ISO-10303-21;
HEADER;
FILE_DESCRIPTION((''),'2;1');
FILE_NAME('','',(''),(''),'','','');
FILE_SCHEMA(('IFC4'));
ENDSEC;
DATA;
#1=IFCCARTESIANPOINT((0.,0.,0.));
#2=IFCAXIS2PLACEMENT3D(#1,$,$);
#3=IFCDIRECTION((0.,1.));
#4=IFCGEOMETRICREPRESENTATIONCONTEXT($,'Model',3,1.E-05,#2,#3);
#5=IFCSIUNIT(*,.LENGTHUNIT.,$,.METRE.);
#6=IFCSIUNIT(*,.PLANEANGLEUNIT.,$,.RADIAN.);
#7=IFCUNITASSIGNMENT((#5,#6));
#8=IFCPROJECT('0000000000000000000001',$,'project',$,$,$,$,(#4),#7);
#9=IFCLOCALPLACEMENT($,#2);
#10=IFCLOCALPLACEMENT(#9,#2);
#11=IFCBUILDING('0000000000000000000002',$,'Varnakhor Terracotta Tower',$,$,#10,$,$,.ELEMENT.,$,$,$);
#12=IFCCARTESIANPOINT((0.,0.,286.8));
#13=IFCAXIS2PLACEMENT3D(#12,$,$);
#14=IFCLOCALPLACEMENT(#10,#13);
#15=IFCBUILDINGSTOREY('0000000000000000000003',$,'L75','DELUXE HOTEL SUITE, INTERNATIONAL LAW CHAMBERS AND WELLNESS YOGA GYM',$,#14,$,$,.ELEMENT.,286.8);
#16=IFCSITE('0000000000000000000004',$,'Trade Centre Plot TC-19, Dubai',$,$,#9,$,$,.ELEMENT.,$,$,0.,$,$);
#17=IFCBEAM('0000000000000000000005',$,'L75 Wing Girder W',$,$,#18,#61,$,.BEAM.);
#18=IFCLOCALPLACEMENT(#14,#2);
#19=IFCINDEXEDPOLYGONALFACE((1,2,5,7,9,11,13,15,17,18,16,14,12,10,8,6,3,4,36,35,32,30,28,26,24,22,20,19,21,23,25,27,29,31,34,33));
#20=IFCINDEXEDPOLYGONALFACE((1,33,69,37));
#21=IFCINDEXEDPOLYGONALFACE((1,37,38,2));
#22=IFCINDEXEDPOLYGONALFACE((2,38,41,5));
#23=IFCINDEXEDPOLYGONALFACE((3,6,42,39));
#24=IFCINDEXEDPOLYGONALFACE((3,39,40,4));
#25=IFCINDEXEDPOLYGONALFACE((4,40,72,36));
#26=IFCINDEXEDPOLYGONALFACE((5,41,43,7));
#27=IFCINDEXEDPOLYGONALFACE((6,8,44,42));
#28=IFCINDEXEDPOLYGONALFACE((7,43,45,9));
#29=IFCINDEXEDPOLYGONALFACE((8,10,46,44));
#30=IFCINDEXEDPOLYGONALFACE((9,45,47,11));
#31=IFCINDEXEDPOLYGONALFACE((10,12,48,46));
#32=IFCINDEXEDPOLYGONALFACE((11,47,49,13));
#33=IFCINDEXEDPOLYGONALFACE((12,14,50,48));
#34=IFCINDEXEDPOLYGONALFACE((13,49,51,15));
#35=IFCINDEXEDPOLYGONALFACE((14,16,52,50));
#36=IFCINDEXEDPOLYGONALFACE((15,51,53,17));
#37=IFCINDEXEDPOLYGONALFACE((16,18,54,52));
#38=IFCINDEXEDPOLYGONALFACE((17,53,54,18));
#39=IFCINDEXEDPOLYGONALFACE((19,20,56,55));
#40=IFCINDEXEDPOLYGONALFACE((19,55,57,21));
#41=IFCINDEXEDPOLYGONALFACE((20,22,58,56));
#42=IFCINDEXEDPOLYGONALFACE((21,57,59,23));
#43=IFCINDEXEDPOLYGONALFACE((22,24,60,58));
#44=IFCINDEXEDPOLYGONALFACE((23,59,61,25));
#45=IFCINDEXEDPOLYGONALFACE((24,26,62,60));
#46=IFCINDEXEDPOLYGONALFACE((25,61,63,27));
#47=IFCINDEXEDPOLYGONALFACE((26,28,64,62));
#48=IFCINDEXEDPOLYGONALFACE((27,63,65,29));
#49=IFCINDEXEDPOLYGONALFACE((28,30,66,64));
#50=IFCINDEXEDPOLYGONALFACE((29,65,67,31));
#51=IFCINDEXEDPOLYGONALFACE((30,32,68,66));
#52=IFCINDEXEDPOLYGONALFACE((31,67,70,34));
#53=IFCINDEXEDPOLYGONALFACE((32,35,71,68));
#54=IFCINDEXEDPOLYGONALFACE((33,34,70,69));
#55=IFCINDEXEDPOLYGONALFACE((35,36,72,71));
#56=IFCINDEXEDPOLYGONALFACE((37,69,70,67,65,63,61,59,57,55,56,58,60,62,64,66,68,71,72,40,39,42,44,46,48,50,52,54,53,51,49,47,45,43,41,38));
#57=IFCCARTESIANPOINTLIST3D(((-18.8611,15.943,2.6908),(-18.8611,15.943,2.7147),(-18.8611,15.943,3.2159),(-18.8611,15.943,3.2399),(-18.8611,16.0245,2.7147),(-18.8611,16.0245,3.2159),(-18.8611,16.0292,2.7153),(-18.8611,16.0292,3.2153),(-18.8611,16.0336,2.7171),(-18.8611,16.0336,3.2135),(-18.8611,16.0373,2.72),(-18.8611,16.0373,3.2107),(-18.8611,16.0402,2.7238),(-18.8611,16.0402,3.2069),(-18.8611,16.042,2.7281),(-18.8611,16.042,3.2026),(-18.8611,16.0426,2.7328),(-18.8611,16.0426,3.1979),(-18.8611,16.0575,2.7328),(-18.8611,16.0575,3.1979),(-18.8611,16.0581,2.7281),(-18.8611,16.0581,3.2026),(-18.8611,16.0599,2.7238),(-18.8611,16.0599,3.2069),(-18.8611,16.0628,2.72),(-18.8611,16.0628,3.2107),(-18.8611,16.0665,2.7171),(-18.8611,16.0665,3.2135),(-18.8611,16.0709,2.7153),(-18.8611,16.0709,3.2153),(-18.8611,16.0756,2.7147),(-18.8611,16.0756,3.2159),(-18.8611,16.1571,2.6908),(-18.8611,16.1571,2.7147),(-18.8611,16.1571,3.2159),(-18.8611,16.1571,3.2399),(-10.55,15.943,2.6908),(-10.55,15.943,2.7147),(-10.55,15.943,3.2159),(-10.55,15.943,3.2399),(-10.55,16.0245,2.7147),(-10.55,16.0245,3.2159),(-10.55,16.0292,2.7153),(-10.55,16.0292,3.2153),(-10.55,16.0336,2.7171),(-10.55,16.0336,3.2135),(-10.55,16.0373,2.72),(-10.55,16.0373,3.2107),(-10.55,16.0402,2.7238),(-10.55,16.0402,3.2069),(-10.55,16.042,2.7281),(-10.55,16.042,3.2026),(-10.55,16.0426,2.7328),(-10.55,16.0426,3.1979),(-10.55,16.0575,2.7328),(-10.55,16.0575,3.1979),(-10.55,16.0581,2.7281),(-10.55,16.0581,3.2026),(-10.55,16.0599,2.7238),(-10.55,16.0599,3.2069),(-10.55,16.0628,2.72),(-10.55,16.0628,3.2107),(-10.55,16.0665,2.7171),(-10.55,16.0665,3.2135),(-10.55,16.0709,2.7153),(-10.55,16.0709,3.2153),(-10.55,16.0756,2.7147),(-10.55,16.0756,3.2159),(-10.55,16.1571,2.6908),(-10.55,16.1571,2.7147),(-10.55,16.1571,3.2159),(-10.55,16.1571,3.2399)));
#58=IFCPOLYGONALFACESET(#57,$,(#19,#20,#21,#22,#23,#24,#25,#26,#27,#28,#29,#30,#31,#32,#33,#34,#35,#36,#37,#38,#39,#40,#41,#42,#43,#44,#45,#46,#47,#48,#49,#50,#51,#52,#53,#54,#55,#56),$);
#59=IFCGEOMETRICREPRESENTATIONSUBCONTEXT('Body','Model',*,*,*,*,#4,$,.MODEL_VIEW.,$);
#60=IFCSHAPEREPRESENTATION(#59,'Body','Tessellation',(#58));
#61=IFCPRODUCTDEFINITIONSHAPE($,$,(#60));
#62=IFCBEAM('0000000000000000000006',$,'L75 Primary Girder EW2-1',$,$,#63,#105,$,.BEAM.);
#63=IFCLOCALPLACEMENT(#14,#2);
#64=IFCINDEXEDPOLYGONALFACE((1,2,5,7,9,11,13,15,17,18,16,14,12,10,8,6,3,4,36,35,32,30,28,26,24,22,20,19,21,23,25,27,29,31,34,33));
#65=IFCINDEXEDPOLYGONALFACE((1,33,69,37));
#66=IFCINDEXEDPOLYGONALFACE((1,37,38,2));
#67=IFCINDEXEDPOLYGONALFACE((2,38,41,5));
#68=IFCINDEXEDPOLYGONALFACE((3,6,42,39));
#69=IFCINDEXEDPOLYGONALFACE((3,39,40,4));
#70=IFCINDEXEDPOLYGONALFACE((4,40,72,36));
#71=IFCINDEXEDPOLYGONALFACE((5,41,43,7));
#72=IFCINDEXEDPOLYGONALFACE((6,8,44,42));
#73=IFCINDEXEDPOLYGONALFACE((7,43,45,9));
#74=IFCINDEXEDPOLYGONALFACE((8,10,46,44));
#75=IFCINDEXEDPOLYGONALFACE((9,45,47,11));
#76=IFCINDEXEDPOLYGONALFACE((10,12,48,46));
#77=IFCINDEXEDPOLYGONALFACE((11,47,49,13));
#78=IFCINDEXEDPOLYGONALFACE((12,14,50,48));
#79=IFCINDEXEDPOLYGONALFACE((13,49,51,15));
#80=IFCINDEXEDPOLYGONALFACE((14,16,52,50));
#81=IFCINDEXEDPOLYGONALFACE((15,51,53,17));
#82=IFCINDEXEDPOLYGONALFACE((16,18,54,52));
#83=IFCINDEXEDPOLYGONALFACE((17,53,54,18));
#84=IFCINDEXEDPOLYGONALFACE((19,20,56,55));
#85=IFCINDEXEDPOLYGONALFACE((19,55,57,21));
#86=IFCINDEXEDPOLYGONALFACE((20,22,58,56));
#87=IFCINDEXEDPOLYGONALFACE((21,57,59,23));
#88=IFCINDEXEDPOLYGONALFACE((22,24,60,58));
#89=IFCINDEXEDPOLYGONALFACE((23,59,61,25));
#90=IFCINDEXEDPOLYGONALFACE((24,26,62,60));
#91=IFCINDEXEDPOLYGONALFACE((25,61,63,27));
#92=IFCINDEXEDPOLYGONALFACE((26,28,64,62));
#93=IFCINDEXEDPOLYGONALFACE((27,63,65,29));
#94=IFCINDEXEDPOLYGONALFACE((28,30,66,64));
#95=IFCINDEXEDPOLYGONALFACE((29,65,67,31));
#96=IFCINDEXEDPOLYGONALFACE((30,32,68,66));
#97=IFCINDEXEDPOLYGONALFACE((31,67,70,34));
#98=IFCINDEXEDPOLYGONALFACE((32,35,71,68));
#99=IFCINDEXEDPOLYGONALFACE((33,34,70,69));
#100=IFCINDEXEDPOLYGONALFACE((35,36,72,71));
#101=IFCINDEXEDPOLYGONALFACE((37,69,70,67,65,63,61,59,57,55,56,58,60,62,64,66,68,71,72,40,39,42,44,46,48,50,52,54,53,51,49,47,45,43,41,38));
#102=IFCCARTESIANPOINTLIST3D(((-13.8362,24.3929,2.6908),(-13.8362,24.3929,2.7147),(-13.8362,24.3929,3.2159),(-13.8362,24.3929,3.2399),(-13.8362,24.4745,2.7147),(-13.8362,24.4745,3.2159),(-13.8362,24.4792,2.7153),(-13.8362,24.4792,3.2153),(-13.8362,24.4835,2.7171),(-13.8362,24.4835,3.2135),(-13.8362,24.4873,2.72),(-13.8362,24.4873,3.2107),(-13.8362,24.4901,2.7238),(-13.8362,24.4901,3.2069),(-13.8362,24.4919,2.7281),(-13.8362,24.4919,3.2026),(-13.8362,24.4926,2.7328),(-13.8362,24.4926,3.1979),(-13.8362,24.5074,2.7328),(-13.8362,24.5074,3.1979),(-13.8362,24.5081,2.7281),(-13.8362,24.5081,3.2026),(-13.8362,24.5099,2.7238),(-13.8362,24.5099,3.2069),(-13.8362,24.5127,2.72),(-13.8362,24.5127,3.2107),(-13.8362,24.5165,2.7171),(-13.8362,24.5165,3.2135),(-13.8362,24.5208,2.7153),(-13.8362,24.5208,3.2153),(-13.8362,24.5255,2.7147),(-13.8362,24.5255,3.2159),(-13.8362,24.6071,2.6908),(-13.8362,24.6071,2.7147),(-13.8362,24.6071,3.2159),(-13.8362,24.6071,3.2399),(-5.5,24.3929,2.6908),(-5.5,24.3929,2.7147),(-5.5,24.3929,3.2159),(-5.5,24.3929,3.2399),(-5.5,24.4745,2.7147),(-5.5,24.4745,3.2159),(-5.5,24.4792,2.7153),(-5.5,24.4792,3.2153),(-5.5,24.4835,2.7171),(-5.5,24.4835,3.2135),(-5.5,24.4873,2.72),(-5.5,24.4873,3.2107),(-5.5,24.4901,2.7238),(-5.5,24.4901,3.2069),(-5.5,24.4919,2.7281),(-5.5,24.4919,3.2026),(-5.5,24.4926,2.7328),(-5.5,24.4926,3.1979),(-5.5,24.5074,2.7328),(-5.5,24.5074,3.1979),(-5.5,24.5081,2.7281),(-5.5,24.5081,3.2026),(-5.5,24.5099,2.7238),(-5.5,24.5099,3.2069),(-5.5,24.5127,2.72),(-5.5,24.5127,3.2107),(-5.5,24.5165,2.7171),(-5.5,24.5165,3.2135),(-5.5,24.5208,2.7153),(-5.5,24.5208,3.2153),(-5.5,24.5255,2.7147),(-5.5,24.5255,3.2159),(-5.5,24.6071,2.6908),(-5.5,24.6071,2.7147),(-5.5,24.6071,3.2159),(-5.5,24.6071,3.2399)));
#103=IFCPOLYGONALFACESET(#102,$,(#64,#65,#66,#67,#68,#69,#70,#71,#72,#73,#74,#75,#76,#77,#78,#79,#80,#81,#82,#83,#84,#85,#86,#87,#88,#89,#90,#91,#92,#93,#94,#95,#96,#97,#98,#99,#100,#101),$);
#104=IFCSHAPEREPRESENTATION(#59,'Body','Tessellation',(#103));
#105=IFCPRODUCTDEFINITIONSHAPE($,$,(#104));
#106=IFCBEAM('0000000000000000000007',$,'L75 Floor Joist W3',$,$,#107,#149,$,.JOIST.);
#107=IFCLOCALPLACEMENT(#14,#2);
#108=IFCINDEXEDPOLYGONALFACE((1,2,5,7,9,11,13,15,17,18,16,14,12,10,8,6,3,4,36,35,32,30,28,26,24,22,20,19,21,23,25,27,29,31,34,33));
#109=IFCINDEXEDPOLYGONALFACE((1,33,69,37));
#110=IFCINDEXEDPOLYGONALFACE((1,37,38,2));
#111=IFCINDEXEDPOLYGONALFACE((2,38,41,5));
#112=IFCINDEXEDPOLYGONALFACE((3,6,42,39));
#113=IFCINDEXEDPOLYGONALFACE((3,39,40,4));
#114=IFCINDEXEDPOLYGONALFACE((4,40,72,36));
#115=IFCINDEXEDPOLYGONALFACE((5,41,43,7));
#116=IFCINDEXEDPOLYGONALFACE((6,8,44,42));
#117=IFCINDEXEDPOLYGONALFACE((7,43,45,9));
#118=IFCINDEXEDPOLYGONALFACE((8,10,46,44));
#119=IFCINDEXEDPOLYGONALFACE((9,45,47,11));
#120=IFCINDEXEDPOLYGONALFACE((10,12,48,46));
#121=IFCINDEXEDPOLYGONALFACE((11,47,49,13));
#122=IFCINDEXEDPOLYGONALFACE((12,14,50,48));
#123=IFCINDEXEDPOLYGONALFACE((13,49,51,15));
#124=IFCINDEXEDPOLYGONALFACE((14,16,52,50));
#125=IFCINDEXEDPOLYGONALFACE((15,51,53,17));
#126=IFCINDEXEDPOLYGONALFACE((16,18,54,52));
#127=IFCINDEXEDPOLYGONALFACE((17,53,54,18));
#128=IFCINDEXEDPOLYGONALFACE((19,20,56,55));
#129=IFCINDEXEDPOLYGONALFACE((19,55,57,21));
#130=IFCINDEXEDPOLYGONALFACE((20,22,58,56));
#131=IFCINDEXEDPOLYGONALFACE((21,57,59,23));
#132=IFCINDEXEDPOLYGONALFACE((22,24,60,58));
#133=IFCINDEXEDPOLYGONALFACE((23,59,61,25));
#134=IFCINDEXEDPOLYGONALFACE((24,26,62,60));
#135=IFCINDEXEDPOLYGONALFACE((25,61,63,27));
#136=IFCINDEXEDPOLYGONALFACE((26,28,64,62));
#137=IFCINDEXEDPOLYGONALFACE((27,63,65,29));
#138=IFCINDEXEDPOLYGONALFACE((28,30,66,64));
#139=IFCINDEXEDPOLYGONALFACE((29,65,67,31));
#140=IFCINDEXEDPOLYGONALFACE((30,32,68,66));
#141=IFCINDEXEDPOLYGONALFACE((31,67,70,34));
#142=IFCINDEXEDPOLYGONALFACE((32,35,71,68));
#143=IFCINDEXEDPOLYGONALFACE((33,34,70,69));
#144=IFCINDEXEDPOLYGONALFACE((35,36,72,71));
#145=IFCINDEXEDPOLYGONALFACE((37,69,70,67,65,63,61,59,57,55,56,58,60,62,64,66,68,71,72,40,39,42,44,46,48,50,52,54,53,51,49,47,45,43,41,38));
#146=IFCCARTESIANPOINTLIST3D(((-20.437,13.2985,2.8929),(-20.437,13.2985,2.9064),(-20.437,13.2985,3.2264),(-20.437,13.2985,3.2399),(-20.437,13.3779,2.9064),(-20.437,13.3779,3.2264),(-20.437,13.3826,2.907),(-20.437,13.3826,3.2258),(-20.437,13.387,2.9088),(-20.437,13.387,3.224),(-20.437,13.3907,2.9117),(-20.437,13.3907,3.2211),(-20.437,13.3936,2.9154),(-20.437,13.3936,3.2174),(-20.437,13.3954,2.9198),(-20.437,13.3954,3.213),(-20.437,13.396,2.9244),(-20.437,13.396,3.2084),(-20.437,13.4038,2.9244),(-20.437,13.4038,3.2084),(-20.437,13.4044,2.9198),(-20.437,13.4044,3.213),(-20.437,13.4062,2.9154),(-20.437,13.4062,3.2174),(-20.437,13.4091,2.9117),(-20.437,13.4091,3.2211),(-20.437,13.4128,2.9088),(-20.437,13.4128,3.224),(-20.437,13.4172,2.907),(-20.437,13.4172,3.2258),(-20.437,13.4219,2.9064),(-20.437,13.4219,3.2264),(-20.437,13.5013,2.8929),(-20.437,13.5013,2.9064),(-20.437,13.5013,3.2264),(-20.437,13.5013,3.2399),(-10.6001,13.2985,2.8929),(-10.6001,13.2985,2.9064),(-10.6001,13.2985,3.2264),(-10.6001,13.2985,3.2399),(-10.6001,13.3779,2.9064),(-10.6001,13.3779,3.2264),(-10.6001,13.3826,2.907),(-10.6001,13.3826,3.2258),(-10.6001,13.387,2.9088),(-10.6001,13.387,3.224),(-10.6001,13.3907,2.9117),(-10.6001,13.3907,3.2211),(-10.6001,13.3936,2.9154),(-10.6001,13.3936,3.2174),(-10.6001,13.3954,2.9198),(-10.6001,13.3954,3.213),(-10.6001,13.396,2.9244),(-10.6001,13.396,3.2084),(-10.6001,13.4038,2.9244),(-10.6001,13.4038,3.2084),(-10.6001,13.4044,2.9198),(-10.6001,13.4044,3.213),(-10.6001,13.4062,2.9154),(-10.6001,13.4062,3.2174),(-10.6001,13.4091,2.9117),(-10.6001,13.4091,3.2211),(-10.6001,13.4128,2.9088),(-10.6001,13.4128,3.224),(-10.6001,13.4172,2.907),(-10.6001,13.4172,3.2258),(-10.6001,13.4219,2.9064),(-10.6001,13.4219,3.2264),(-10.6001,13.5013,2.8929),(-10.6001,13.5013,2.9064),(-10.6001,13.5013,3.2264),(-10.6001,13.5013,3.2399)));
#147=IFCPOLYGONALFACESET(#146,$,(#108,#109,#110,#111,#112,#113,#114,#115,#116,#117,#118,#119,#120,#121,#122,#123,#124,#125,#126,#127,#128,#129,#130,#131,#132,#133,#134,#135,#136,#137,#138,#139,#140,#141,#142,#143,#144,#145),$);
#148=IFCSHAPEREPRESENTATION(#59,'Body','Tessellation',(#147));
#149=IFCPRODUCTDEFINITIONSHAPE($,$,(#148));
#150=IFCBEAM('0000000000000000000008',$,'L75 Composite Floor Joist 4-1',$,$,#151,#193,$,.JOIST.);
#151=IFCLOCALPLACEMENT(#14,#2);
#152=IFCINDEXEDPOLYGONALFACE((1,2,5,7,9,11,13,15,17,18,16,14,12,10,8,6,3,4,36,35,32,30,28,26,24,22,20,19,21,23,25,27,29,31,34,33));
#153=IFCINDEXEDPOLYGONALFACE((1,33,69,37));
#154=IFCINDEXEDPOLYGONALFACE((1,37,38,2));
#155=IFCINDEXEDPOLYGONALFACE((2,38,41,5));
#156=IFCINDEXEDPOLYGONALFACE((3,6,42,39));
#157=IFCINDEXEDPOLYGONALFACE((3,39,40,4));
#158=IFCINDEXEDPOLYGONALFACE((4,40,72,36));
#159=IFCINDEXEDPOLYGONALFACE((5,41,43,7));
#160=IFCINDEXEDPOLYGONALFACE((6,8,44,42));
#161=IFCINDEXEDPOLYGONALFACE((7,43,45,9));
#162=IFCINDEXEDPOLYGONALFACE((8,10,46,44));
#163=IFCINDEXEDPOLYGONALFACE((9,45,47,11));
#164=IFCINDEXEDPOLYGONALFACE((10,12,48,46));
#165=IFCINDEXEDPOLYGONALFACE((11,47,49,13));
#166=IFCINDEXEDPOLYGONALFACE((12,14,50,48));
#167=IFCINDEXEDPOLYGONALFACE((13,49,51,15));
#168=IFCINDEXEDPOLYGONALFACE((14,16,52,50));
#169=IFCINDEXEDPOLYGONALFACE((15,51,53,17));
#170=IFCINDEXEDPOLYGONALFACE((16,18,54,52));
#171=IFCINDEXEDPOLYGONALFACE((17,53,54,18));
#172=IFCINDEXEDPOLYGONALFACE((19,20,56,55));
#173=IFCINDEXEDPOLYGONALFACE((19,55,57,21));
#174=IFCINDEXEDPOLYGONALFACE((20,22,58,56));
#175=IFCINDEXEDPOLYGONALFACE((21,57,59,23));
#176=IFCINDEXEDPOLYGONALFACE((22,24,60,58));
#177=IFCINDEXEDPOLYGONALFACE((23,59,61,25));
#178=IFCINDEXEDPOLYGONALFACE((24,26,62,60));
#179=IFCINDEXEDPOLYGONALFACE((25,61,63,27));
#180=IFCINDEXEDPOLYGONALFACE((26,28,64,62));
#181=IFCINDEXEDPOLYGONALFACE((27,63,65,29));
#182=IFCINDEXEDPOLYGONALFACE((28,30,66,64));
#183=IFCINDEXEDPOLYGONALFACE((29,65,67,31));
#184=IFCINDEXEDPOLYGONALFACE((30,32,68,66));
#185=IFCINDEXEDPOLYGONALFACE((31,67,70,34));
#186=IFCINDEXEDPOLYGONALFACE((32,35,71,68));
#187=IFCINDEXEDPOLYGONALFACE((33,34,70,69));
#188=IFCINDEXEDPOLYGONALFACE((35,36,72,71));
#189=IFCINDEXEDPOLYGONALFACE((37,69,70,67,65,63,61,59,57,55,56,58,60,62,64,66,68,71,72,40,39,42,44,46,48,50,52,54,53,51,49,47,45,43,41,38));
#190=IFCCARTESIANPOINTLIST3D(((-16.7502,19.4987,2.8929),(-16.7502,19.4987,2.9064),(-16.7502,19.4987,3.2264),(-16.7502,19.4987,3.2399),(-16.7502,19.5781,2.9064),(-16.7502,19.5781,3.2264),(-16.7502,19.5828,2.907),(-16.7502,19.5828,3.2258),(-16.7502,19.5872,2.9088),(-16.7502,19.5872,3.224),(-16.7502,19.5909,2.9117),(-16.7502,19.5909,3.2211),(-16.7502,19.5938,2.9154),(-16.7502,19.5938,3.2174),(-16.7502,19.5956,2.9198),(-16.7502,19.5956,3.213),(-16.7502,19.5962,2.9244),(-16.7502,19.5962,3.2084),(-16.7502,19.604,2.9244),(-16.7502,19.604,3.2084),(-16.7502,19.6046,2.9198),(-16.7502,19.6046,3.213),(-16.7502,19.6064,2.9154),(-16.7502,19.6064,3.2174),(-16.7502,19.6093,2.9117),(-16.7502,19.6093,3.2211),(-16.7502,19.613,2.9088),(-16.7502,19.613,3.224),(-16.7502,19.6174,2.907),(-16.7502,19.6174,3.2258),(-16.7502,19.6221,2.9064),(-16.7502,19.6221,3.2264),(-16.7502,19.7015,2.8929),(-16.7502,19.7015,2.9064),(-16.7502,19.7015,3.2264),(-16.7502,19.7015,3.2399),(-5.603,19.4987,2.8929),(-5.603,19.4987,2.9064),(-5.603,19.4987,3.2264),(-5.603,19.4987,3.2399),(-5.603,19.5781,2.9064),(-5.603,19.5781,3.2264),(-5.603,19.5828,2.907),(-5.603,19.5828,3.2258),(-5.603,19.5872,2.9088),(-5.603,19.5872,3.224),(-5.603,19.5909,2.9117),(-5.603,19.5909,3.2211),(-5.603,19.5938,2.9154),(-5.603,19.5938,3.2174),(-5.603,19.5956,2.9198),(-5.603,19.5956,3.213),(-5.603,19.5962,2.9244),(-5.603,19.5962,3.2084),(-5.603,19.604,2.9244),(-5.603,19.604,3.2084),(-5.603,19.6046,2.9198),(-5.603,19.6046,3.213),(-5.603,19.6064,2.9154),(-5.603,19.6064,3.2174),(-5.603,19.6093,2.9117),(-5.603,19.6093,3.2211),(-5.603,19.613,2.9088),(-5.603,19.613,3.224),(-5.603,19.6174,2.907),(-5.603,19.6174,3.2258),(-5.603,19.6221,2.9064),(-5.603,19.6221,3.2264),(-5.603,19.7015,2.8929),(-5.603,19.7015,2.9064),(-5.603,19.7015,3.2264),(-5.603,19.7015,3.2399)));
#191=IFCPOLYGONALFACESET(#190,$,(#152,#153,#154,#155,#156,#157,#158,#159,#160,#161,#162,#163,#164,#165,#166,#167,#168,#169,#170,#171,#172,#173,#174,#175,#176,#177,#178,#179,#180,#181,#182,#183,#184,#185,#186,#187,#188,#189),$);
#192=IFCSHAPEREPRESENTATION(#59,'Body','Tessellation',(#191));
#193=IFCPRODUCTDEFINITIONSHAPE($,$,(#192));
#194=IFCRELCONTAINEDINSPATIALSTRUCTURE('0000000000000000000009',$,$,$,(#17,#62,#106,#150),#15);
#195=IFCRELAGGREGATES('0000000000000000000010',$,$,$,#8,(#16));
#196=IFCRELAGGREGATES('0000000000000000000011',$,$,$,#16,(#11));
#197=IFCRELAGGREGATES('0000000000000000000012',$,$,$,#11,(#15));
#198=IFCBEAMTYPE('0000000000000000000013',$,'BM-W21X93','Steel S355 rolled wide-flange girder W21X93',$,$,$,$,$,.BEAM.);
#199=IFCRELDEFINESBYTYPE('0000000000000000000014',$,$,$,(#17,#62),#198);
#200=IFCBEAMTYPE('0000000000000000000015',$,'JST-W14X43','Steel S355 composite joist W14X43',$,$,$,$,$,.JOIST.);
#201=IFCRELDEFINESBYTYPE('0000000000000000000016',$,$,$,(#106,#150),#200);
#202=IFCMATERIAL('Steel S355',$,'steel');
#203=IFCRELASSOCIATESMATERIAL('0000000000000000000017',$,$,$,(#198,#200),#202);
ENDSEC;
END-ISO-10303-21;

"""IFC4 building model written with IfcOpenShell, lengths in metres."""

from ifc_helpers import new_model, si_unit, direction, frame, origin, origin_2d, place, context, subcontext, project, spatial, i_section, extrude, source, transform, mapped, material, material_profile, profile_set, type_object, element, save


model = new_model("IFC4")

# Units and contexts
model_context = context("Model", 3, precision=1e-05, world=origin(), true_north=direction((0.0, 1.0)))
body_context = subcontext(model_context, "Body", "Model", "MODEL_VIEW")
ifc_project = project(units=[si_unit("LENGTHUNIT", "METRE"), si_unit("PLANEANGLEUNIT", "RADIAN")], contexts=[model_context])

# Site, building, storey
site_placement = place(None, origin())
site = spatial("IfcSite", under=ifc_project, at=site_placement, Name="Trade Centre Plot TC-19, Dubai", CompositionType="ELEMENT", RefElevation=0.0)
building_placement = place(site_placement, origin())
building = spatial("IfcBuilding", under=site, at=building_placement, Name="Varnakhor Terracotta Tower", CompositionType="ELEMENT")
storey_placement = place(building_placement, frame((0.0, 0.0, 286.8)))
storey = spatial("IfcBuildingStorey", under=building, at=storey_placement, Name="L75", Description="DELUXE HOTEL SUITE, INTERNATIONAL LAW CHAMBERS AND WELLNESS YOGA GYM", CompositionType="ELEMENT", Elevation=286.8)

# Beams
ifc_material_1 = material(Name="Steel S355", Category="steel")
ifc_material_profile_1 = material_profile(ifc_material_1, i_section(OverallWidth=0.2141, OverallDepth=0.5491, WebThickness=0.0149, FlangeThickness=0.0239, FilletRadius=0.0181, at=origin_2d()), Name="W21X93")
ifc_profile_set_1 = profile_set([ifc_material_profile_1], Name="Steel S355")
beam_type_1 = type_object("IfcBeamType", Name="BM-W21X93", Description="Steel S355 rolled wide-flange girder W21X93", PredefinedType="BEAM", material=ifc_profile_set_1)
shared_shape_1 = source(origin(), body_context, "Body", "SweptSolid", [
    extrude(i_section(OverallWidth=0.2141, OverallDepth=0.5491, WebThickness=0.0149, FlangeThickness=0.0239, FilletRadius=0.0181, at=origin_2d()), origin(), (0.0, 0.0, 1.0), 8.311),
])
beam_1_placement = place(storey_placement, frame((-18.8611, 16.05, 2.9653), z_axis=(1.0, 0.0, 0.0), x_axis=(0.0, 1.0, 0.0)))
element("IfcBeam", 1, at=beam_1_placement, inside=storey, type_object=beam_type_1, Name="L75 Wing Girder W", PredefinedType="BEAM", context=body_context, shape_type="MappedRepresentation", body=[
    mapped(shared_shape_1, transform((0.0, 0.0, 0.0), scale=1.0)),
])
shared_shape_2 = source(origin(), body_context, "Body", "SweptSolid", [
    extrude(i_section(OverallWidth=0.2141, OverallDepth=0.5491, WebThickness=0.0149, FlangeThickness=0.0239, FilletRadius=0.0181, at=origin_2d()), origin(), (0.0, 0.0, 1.0), 8.3362),
])
beam_2_placement = place(storey_placement, frame((-13.8362, 24.5, 2.9653), z_axis=(1.0, 0.0, 0.0), x_axis=(0.0, 1.0, 0.0)))
element("IfcBeam", 2, at=beam_2_placement, inside=storey, type_object=beam_type_1, Name="L75 Primary Girder EW2-1", PredefinedType="BEAM", context=body_context, shape_type="MappedRepresentation", body=[
    mapped(shared_shape_2, transform((0.0, 0.0, 0.0), scale=1.0)),
])
ifc_material_profile_2 = material_profile(ifc_material_1, i_section(OverallWidth=0.2029, OverallDepth=0.3469, WebThickness=0.0078, FlangeThickness=0.0134, FilletRadius=0.0181, at=origin_2d()), Name="W14X43")
ifc_profile_set_2 = profile_set([ifc_material_profile_2], Name="Steel S355")
beam_type_2 = type_object("IfcBeamType", Name="JST-W14X43", Description="Steel S355 composite joist W14X43", PredefinedType="JOIST", material=ifc_profile_set_2)
shared_shape_3 = source(origin(), body_context, "Body", "SweptSolid", [
    extrude(i_section(OverallWidth=0.2029, OverallDepth=0.3469, WebThickness=0.0078, FlangeThickness=0.0134, FilletRadius=0.0181, at=origin_2d()), origin(), (0.0, 0.0, 1.0), 9.8369),
])
beam_3_placement = place(storey_placement, frame((-20.437, 13.3999, 3.0664), z_axis=(1.0, 0.0, 0.0), x_axis=(0.0, 1.0, 0.0)))
element("IfcBeam", 3, at=beam_3_placement, inside=storey, type_object=beam_type_2, Name="L75 Floor Joist W3", PredefinedType="JOIST", context=body_context, shape_type="MappedRepresentation", body=[
    mapped(shared_shape_3, transform((0.0, 0.0, 0.0), scale=1.0)),
])
shared_shape_4 = source(origin(), body_context, "Body", "SweptSolid", [
    extrude(i_section(OverallWidth=0.2029, OverallDepth=0.3469, WebThickness=0.0078, FlangeThickness=0.0134, FilletRadius=0.0181, at=origin_2d()), origin(), (0.0, 0.0, 1.0), 11.1472),
])
beam_4_placement = place(storey_placement, frame((-16.7502, 19.6001, 3.0664), z_axis=(1.0, 0.0, 0.0), x_axis=(0.0, 1.0, 0.0)))
element("IfcBeam", 4, at=beam_4_placement, inside=storey, type_object=beam_type_2, Name="L75 Composite Floor Joist 4-1", PredefinedType="JOIST", context=body_context, shape_type="MappedRepresentation", body=[
    mapped(shared_shape_4, transform((0.0, 0.0, 0.0), scale=1.0)),
])

save(model, "model.ifc")
